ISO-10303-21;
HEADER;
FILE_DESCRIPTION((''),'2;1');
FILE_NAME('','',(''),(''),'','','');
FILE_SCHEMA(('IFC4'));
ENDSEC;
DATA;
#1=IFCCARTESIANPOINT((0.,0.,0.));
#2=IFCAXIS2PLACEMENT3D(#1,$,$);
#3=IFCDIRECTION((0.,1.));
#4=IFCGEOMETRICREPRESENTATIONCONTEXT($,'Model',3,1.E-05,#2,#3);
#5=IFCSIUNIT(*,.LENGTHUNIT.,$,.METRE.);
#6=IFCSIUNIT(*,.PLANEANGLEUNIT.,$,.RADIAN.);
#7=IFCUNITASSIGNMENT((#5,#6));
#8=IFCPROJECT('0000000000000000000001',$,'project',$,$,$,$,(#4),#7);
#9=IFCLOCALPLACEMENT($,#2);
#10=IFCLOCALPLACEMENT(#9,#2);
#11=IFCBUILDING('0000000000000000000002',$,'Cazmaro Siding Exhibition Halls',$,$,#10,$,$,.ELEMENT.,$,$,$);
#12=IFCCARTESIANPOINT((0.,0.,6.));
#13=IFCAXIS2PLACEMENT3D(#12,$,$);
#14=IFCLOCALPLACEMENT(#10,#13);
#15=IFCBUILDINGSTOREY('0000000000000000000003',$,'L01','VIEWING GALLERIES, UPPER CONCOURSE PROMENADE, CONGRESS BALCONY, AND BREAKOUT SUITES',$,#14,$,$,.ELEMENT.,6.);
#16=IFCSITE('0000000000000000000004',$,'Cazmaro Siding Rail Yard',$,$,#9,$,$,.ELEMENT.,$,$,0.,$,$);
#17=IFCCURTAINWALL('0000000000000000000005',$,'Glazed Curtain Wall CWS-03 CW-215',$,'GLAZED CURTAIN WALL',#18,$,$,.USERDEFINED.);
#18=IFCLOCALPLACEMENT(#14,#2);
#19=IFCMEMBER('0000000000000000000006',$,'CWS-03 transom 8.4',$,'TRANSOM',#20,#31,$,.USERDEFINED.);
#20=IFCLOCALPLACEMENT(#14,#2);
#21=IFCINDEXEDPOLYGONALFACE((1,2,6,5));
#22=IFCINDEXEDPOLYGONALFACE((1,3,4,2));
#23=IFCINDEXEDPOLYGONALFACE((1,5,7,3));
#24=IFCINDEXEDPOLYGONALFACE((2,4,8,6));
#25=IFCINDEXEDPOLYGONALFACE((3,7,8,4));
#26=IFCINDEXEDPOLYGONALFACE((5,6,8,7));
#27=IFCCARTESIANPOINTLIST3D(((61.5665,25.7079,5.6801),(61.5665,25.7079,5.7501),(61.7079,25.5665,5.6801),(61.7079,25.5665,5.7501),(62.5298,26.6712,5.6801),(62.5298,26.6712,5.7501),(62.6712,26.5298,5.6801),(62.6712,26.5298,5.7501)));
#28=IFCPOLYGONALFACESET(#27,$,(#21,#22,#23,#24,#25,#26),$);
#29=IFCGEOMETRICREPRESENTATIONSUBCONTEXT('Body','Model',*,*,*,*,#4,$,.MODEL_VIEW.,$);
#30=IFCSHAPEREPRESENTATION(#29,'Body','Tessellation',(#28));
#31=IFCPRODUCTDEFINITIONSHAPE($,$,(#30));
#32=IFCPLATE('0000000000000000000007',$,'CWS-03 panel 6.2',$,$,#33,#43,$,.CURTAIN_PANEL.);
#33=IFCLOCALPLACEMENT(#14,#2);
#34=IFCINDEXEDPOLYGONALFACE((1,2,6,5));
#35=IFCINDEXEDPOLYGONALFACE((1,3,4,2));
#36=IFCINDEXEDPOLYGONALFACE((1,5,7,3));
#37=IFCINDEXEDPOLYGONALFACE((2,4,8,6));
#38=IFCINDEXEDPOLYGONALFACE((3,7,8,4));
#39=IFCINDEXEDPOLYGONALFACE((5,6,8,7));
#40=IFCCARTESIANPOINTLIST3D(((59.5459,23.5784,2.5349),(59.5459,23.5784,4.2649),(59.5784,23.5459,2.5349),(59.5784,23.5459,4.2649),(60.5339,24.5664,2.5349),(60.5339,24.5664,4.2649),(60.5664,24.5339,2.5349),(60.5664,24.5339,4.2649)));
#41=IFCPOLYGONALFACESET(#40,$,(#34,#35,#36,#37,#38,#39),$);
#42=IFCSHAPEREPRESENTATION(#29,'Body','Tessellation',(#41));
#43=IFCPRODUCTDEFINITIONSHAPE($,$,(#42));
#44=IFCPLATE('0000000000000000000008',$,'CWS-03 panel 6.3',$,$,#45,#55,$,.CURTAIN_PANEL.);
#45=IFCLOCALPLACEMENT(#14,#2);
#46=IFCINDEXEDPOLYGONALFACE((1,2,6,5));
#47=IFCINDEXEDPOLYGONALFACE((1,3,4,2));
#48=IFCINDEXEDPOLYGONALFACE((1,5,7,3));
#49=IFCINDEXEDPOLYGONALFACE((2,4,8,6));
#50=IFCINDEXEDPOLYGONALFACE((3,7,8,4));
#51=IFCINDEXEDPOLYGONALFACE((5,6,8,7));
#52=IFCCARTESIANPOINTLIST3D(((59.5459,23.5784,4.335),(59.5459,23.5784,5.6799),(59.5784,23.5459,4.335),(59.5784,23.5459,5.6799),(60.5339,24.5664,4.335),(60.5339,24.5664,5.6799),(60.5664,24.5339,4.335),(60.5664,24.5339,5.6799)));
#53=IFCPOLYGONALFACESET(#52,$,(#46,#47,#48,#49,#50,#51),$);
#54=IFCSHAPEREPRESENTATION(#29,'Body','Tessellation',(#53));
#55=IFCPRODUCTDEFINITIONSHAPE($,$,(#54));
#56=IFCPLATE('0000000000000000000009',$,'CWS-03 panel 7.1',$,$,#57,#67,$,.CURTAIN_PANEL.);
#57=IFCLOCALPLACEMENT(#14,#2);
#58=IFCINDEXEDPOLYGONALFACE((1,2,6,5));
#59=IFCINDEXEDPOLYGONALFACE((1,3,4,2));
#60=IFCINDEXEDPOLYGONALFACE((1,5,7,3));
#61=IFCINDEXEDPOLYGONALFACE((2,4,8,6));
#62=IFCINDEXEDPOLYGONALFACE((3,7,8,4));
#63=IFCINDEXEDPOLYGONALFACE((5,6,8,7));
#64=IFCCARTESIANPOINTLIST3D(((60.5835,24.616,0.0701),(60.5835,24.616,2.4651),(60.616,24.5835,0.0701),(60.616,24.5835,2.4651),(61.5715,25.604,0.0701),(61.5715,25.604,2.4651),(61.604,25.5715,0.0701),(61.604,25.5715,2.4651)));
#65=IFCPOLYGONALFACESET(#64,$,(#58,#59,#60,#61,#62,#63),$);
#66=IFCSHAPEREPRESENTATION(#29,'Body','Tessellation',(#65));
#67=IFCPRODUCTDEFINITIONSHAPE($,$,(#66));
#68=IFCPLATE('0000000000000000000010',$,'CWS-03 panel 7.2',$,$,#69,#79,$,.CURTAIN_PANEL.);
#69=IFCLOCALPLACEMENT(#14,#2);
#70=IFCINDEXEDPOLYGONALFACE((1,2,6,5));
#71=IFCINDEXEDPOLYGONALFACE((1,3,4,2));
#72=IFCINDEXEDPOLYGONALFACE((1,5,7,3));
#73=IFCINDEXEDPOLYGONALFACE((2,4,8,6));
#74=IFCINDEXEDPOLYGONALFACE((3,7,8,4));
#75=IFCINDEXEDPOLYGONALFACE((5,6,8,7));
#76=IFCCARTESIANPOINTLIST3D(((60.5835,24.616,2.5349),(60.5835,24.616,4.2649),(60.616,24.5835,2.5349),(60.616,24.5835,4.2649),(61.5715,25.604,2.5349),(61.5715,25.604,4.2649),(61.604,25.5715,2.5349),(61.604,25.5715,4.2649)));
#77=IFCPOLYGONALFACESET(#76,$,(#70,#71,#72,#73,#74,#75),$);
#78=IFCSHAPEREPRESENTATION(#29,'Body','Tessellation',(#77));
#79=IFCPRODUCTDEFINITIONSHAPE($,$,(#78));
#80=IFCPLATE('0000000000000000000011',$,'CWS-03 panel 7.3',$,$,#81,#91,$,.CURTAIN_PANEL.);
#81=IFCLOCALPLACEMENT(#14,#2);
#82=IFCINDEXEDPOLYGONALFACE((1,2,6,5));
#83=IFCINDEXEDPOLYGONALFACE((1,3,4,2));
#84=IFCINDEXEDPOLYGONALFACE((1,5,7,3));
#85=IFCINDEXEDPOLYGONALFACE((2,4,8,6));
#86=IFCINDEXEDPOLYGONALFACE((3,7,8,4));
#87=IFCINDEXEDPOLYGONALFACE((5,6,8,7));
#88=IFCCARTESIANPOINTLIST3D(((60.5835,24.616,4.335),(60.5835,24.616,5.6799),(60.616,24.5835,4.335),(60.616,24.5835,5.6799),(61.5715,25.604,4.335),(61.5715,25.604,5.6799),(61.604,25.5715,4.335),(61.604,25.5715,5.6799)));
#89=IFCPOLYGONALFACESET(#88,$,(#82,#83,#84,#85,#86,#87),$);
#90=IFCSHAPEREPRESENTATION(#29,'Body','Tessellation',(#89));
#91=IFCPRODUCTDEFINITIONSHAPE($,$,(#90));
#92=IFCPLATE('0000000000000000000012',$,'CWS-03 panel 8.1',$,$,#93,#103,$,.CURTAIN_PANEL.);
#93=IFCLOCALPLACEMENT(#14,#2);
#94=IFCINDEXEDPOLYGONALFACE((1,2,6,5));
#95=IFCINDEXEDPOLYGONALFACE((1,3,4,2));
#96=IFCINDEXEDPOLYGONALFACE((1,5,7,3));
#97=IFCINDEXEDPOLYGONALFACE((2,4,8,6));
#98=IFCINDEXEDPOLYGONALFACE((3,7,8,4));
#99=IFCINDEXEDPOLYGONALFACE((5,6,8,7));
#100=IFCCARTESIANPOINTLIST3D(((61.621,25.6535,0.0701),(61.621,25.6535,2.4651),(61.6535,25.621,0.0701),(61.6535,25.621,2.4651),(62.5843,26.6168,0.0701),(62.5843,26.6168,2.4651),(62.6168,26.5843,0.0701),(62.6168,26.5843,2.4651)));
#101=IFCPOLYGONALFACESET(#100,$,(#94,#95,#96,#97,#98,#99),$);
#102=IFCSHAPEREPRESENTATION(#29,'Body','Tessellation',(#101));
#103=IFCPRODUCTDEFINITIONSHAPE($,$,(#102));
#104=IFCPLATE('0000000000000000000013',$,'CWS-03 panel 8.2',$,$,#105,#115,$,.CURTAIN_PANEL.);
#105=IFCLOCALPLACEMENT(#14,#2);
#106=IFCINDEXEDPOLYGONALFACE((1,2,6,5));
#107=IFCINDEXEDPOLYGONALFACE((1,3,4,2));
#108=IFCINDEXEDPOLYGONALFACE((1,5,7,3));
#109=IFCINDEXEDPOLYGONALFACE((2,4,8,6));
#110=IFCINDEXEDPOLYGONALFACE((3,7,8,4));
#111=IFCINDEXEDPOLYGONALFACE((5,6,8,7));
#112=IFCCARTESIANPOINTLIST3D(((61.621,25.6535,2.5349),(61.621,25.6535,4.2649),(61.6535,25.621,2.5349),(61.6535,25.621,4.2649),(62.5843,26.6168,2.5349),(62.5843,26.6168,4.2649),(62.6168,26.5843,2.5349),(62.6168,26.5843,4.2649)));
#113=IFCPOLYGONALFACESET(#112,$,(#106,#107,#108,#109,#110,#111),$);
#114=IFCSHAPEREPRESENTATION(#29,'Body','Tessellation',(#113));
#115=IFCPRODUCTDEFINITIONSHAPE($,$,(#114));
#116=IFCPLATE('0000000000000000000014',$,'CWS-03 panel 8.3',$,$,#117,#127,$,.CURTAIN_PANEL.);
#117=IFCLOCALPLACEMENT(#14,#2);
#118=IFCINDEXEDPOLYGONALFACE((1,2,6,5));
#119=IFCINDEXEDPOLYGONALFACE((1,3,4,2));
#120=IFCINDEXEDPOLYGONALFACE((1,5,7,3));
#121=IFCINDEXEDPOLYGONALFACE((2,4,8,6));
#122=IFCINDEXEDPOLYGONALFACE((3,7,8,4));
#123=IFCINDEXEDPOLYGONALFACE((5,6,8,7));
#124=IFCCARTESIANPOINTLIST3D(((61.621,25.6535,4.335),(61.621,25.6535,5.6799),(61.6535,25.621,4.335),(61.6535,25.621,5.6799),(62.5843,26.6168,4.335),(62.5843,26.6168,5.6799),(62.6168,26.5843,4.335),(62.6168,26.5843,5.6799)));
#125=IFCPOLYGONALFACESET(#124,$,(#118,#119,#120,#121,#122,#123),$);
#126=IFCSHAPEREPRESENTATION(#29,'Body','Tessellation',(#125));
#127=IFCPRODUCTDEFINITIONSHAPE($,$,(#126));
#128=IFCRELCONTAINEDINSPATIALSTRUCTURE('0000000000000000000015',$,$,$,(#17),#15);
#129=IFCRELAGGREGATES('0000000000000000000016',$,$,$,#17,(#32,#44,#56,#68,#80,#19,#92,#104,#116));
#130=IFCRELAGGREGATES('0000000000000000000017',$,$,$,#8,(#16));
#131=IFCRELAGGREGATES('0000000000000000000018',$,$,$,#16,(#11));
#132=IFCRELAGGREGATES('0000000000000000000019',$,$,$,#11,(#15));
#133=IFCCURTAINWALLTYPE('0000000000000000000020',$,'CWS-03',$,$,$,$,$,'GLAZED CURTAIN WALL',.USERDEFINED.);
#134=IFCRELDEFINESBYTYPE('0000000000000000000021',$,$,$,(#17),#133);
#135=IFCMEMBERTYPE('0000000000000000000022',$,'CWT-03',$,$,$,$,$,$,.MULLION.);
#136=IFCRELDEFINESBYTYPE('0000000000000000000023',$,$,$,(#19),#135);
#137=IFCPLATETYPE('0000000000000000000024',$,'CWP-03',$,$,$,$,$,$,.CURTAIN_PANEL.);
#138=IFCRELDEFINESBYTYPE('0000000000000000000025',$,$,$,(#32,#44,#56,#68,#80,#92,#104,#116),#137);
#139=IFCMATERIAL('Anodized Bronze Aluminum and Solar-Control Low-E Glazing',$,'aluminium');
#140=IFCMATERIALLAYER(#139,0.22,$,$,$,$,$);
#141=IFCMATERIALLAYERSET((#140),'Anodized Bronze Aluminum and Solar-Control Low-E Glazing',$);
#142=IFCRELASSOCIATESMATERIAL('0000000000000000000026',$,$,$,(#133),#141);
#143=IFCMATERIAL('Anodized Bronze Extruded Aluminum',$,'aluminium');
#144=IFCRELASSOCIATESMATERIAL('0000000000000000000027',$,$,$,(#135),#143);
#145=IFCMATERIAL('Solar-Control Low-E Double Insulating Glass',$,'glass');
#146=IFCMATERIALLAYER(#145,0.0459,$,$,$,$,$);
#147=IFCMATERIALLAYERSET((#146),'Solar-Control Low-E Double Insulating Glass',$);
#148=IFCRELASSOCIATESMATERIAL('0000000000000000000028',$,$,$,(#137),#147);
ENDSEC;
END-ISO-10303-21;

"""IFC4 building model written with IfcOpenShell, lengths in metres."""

from ifc_helpers import new_model, si_unit, direction, frame, origin, origin_2d, place, context, subcontext, project, spatial, rectangle, extrude, material, layer, layer_set, material_profile, profile_set, type_object, element, aggregate, save


model = new_model("IFC4")

# Units and contexts
model_context = context("Model", 3, precision=1e-05, world=origin(), true_north=direction((0.0, 1.0)))
body_context = subcontext(model_context, "Body", "Model", "MODEL_VIEW")
ifc_project = project(units=[si_unit("LENGTHUNIT", "METRE"), si_unit("PLANEANGLEUNIT", "RADIAN")], contexts=[model_context])

# Site, building, storey
site_placement = place(None, origin())
site = spatial("IfcSite", under=ifc_project, at=site_placement, Name="Cazmaro Siding Rail Yard", CompositionType="ELEMENT", RefElevation=0.0)
building_placement = place(site_placement, origin())
building = spatial("IfcBuilding", under=site, at=building_placement, Name="Cazmaro Siding Exhibition Halls", CompositionType="ELEMENT")
storey_placement = place(building_placement, frame((0.0, 0.0, 6.0)))
storey = spatial("IfcBuildingStorey", under=building, at=storey_placement, Name="L01", Description="VIEWING GALLERIES, UPPER CONCOURSE PROMENADE, CONGRESS BALCONY, AND BREAKOUT SUITES", CompositionType="ELEMENT", Elevation=6.0)

# Curtain wall
ifc_material_1 = material(Name="Anodized Bronze Aluminum and Solar-Control Low-E Glazing", Category="aluminium")
ifc_layer_1 = layer(ifc_material_1, 0.22)
ifc_layer_set_1 = layer_set([ifc_layer_1], Name="Anodized Bronze Aluminum and Solar-Control Low-E Glazing")
curtain_wall_type_1 = type_object("IfcCurtainWallType", Name="CWS-03", ElementType="GLAZED CURTAIN WALL", PredefinedType="USERDEFINED", material=ifc_layer_set_1)
curtain_wall_1_placement = place(storey_placement, origin())
curtain_wall_1 = element("IfcCurtainWall", 1, at=curtain_wall_1_placement, inside=storey, type_object=curtain_wall_type_1, Name="Glazed Curtain Wall CWS-03 CW-215", ObjectType="GLAZED CURTAIN WALL", PredefinedType="USERDEFINED")

# Member
ifc_material_2 = material(Name="Anodized Bronze Extruded Aluminum", Category="aluminium")
ifc_material_profile_1 = material_profile(ifc_material_2, rectangle(XDim=0.2, YDim=0.0701, at=origin_2d()), Name="CWT-03")
ifc_profile_set_1 = profile_set([ifc_material_profile_1], Name="Anodized Bronze Extruded Aluminum")
member_type_1 = type_object("IfcMemberType", Name="CWT-03", PredefinedType="MULLION", material=ifc_profile_set_1)
member_1_placement = place(storey_placement, frame((61.6372, 25.6372, 5.7151), z_axis=(0.707107, 0.707107, 0.0), x_axis=(-0.707107, 0.707107, 0.0)))
member_1 = element("IfcMember", 2, at=member_1_placement, type_object=member_type_1, Name="CWS-03 transom 8.4", ObjectType="TRANSOM", PredefinedType="USERDEFINED", context=body_context, shape_type="SweptSolid", body=[
    extrude(rectangle(XDim=0.2, YDim=0.0701, at=origin_2d()), origin(), (0.0, 0.0, 1.0), 1.3623),
])

# Plates
ifc_material_3 = material(Name="Solar-Control Low-E Double Insulating Glass", Category="glass")
ifc_layer_2 = layer(ifc_material_3, 0.0459)
ifc_layer_set_2 = layer_set([ifc_layer_2], Name="Solar-Control Low-E Double Insulating Glass")
plate_type = type_object("IfcPlateType", Name="CWP-03", PredefinedType="CURTAIN_PANEL", material=ifc_layer_set_2)
plate_1_placement = place(storey_placement, frame((60.0562, 24.0562, 2.5349), z_axis=(0.0, 0.0, 1.0), x_axis=(0.707107, 0.707107, 0.0)))
plate_1 = element("IfcPlate", 3, at=plate_1_placement, type_object=plate_type, Name="CWS-03 panel 6.2", PredefinedType="CURTAIN_PANEL", context=body_context, shape_type="SweptSolid", body=[
    extrude(rectangle(XDim=1.3972, YDim=0.0459, at=origin_2d()), origin(), (0.0, 0.0, 1.0), 1.73),
])
plate_2_placement = place(storey_placement, frame((60.0562, 24.0562, 4.335), z_axis=(0.0, 0.0, 1.0), x_axis=(0.707107, 0.707107, 0.0)))
plate_2 = element("IfcPlate", 4, at=plate_2_placement, type_object=plate_type, Name="CWS-03 panel 6.3", PredefinedType="CURTAIN_PANEL", context=body_context, shape_type="SweptSolid", body=[
    extrude(rectangle(XDim=1.3972, YDim=0.0459, at=origin_2d()), origin(), (0.0, 0.0, 1.0), 1.345),
])
plate_3_placement = place(storey_placement, frame((61.0938, 25.0938, 0.0701), z_axis=(0.0, 0.0, 1.0), x_axis=(0.707107, 0.707107, 0.0)))
plate_3 = element("IfcPlate", 5, at=plate_3_placement, type_object=plate_type, Name="CWS-03 panel 7.1", PredefinedType="CURTAIN_PANEL", context=body_context, shape_type="SweptSolid", body=[
    extrude(rectangle(XDim=1.3972, YDim=0.0459, at=origin_2d()), origin(), (0.0, 0.0, 1.0), 2.395),
])
plate_4_placement = place(storey_placement, frame((61.0938, 25.0938, 2.5349), z_axis=(0.0, 0.0, 1.0), x_axis=(0.707107, 0.707107, 0.0)))
plate_4 = element("IfcPlate", 6, at=plate_4_placement, type_object=plate_type, Name="CWS-03 panel 7.2", PredefinedType="CURTAIN_PANEL", context=body_context, shape_type="SweptSolid", body=[
    extrude(rectangle(XDim=1.3972, YDim=0.0459, at=origin_2d()), origin(), (0.0, 0.0, 1.0), 1.73),
])
plate_5_placement = place(storey_placement, frame((61.0938, 25.0938, 4.335), z_axis=(0.0, 0.0, 1.0), x_axis=(0.707107, 0.707107, 0.0)))
plate_5 = element("IfcPlate", 7, at=plate_5_placement, type_object=plate_type, Name="CWS-03 panel 7.3", PredefinedType="CURTAIN_PANEL", context=body_context, shape_type="SweptSolid", body=[
    extrude(rectangle(XDim=1.3972, YDim=0.0459, at=origin_2d()), origin(), (0.0, 0.0, 1.0), 1.345),
])
plate_6_placement = place(storey_placement, frame((62.1189, 26.1189, 0.0701), z_axis=(0.0, 0.0, 1.0), x_axis=(0.707107, 0.707107, 0.0)))
plate_6 = element("IfcPlate", 8, at=plate_6_placement, type_object=plate_type, Name="CWS-03 panel 8.1", PredefinedType="CURTAIN_PANEL", context=body_context, shape_type="SweptSolid", body=[
    extrude(rectangle(XDim=1.3623, YDim=0.0459, at=origin_2d()), origin(), (0.0, 0.0, 1.0), 2.395),
])
plate_7_placement = place(storey_placement, frame((62.1189, 26.1189, 2.5349), z_axis=(0.0, 0.0, 1.0), x_axis=(0.707107, 0.707107, 0.0)))
plate_7 = element("IfcPlate", 9, at=plate_7_placement, type_object=plate_type, Name="CWS-03 panel 8.2", PredefinedType="CURTAIN_PANEL", context=body_context, shape_type="SweptSolid", body=[
    extrude(rectangle(XDim=1.3623, YDim=0.0459, at=origin_2d()), origin(), (0.0, 0.0, 1.0), 1.73),
])
plate_8_placement = place(storey_placement, frame((62.1189, 26.1189, 4.335), z_axis=(0.0, 0.0, 1.0), x_axis=(0.707107, 0.707107, 0.0)))
plate_8 = element("IfcPlate", 10, at=plate_8_placement, type_object=plate_type, Name="CWS-03 panel 8.3", PredefinedType="CURTAIN_PANEL", context=body_context, shape_type="SweptSolid", body=[
    extrude(rectangle(XDim=1.3623, YDim=0.0459, at=origin_2d()), origin(), (0.0, 0.0, 1.0), 1.345),
])
aggregate(curtain_wall_1, [plate_1, plate_2, plate_3, plate_4, plate_5, member_1, plate_6, plate_7, plate_8])

save(model, "model.ifc")
